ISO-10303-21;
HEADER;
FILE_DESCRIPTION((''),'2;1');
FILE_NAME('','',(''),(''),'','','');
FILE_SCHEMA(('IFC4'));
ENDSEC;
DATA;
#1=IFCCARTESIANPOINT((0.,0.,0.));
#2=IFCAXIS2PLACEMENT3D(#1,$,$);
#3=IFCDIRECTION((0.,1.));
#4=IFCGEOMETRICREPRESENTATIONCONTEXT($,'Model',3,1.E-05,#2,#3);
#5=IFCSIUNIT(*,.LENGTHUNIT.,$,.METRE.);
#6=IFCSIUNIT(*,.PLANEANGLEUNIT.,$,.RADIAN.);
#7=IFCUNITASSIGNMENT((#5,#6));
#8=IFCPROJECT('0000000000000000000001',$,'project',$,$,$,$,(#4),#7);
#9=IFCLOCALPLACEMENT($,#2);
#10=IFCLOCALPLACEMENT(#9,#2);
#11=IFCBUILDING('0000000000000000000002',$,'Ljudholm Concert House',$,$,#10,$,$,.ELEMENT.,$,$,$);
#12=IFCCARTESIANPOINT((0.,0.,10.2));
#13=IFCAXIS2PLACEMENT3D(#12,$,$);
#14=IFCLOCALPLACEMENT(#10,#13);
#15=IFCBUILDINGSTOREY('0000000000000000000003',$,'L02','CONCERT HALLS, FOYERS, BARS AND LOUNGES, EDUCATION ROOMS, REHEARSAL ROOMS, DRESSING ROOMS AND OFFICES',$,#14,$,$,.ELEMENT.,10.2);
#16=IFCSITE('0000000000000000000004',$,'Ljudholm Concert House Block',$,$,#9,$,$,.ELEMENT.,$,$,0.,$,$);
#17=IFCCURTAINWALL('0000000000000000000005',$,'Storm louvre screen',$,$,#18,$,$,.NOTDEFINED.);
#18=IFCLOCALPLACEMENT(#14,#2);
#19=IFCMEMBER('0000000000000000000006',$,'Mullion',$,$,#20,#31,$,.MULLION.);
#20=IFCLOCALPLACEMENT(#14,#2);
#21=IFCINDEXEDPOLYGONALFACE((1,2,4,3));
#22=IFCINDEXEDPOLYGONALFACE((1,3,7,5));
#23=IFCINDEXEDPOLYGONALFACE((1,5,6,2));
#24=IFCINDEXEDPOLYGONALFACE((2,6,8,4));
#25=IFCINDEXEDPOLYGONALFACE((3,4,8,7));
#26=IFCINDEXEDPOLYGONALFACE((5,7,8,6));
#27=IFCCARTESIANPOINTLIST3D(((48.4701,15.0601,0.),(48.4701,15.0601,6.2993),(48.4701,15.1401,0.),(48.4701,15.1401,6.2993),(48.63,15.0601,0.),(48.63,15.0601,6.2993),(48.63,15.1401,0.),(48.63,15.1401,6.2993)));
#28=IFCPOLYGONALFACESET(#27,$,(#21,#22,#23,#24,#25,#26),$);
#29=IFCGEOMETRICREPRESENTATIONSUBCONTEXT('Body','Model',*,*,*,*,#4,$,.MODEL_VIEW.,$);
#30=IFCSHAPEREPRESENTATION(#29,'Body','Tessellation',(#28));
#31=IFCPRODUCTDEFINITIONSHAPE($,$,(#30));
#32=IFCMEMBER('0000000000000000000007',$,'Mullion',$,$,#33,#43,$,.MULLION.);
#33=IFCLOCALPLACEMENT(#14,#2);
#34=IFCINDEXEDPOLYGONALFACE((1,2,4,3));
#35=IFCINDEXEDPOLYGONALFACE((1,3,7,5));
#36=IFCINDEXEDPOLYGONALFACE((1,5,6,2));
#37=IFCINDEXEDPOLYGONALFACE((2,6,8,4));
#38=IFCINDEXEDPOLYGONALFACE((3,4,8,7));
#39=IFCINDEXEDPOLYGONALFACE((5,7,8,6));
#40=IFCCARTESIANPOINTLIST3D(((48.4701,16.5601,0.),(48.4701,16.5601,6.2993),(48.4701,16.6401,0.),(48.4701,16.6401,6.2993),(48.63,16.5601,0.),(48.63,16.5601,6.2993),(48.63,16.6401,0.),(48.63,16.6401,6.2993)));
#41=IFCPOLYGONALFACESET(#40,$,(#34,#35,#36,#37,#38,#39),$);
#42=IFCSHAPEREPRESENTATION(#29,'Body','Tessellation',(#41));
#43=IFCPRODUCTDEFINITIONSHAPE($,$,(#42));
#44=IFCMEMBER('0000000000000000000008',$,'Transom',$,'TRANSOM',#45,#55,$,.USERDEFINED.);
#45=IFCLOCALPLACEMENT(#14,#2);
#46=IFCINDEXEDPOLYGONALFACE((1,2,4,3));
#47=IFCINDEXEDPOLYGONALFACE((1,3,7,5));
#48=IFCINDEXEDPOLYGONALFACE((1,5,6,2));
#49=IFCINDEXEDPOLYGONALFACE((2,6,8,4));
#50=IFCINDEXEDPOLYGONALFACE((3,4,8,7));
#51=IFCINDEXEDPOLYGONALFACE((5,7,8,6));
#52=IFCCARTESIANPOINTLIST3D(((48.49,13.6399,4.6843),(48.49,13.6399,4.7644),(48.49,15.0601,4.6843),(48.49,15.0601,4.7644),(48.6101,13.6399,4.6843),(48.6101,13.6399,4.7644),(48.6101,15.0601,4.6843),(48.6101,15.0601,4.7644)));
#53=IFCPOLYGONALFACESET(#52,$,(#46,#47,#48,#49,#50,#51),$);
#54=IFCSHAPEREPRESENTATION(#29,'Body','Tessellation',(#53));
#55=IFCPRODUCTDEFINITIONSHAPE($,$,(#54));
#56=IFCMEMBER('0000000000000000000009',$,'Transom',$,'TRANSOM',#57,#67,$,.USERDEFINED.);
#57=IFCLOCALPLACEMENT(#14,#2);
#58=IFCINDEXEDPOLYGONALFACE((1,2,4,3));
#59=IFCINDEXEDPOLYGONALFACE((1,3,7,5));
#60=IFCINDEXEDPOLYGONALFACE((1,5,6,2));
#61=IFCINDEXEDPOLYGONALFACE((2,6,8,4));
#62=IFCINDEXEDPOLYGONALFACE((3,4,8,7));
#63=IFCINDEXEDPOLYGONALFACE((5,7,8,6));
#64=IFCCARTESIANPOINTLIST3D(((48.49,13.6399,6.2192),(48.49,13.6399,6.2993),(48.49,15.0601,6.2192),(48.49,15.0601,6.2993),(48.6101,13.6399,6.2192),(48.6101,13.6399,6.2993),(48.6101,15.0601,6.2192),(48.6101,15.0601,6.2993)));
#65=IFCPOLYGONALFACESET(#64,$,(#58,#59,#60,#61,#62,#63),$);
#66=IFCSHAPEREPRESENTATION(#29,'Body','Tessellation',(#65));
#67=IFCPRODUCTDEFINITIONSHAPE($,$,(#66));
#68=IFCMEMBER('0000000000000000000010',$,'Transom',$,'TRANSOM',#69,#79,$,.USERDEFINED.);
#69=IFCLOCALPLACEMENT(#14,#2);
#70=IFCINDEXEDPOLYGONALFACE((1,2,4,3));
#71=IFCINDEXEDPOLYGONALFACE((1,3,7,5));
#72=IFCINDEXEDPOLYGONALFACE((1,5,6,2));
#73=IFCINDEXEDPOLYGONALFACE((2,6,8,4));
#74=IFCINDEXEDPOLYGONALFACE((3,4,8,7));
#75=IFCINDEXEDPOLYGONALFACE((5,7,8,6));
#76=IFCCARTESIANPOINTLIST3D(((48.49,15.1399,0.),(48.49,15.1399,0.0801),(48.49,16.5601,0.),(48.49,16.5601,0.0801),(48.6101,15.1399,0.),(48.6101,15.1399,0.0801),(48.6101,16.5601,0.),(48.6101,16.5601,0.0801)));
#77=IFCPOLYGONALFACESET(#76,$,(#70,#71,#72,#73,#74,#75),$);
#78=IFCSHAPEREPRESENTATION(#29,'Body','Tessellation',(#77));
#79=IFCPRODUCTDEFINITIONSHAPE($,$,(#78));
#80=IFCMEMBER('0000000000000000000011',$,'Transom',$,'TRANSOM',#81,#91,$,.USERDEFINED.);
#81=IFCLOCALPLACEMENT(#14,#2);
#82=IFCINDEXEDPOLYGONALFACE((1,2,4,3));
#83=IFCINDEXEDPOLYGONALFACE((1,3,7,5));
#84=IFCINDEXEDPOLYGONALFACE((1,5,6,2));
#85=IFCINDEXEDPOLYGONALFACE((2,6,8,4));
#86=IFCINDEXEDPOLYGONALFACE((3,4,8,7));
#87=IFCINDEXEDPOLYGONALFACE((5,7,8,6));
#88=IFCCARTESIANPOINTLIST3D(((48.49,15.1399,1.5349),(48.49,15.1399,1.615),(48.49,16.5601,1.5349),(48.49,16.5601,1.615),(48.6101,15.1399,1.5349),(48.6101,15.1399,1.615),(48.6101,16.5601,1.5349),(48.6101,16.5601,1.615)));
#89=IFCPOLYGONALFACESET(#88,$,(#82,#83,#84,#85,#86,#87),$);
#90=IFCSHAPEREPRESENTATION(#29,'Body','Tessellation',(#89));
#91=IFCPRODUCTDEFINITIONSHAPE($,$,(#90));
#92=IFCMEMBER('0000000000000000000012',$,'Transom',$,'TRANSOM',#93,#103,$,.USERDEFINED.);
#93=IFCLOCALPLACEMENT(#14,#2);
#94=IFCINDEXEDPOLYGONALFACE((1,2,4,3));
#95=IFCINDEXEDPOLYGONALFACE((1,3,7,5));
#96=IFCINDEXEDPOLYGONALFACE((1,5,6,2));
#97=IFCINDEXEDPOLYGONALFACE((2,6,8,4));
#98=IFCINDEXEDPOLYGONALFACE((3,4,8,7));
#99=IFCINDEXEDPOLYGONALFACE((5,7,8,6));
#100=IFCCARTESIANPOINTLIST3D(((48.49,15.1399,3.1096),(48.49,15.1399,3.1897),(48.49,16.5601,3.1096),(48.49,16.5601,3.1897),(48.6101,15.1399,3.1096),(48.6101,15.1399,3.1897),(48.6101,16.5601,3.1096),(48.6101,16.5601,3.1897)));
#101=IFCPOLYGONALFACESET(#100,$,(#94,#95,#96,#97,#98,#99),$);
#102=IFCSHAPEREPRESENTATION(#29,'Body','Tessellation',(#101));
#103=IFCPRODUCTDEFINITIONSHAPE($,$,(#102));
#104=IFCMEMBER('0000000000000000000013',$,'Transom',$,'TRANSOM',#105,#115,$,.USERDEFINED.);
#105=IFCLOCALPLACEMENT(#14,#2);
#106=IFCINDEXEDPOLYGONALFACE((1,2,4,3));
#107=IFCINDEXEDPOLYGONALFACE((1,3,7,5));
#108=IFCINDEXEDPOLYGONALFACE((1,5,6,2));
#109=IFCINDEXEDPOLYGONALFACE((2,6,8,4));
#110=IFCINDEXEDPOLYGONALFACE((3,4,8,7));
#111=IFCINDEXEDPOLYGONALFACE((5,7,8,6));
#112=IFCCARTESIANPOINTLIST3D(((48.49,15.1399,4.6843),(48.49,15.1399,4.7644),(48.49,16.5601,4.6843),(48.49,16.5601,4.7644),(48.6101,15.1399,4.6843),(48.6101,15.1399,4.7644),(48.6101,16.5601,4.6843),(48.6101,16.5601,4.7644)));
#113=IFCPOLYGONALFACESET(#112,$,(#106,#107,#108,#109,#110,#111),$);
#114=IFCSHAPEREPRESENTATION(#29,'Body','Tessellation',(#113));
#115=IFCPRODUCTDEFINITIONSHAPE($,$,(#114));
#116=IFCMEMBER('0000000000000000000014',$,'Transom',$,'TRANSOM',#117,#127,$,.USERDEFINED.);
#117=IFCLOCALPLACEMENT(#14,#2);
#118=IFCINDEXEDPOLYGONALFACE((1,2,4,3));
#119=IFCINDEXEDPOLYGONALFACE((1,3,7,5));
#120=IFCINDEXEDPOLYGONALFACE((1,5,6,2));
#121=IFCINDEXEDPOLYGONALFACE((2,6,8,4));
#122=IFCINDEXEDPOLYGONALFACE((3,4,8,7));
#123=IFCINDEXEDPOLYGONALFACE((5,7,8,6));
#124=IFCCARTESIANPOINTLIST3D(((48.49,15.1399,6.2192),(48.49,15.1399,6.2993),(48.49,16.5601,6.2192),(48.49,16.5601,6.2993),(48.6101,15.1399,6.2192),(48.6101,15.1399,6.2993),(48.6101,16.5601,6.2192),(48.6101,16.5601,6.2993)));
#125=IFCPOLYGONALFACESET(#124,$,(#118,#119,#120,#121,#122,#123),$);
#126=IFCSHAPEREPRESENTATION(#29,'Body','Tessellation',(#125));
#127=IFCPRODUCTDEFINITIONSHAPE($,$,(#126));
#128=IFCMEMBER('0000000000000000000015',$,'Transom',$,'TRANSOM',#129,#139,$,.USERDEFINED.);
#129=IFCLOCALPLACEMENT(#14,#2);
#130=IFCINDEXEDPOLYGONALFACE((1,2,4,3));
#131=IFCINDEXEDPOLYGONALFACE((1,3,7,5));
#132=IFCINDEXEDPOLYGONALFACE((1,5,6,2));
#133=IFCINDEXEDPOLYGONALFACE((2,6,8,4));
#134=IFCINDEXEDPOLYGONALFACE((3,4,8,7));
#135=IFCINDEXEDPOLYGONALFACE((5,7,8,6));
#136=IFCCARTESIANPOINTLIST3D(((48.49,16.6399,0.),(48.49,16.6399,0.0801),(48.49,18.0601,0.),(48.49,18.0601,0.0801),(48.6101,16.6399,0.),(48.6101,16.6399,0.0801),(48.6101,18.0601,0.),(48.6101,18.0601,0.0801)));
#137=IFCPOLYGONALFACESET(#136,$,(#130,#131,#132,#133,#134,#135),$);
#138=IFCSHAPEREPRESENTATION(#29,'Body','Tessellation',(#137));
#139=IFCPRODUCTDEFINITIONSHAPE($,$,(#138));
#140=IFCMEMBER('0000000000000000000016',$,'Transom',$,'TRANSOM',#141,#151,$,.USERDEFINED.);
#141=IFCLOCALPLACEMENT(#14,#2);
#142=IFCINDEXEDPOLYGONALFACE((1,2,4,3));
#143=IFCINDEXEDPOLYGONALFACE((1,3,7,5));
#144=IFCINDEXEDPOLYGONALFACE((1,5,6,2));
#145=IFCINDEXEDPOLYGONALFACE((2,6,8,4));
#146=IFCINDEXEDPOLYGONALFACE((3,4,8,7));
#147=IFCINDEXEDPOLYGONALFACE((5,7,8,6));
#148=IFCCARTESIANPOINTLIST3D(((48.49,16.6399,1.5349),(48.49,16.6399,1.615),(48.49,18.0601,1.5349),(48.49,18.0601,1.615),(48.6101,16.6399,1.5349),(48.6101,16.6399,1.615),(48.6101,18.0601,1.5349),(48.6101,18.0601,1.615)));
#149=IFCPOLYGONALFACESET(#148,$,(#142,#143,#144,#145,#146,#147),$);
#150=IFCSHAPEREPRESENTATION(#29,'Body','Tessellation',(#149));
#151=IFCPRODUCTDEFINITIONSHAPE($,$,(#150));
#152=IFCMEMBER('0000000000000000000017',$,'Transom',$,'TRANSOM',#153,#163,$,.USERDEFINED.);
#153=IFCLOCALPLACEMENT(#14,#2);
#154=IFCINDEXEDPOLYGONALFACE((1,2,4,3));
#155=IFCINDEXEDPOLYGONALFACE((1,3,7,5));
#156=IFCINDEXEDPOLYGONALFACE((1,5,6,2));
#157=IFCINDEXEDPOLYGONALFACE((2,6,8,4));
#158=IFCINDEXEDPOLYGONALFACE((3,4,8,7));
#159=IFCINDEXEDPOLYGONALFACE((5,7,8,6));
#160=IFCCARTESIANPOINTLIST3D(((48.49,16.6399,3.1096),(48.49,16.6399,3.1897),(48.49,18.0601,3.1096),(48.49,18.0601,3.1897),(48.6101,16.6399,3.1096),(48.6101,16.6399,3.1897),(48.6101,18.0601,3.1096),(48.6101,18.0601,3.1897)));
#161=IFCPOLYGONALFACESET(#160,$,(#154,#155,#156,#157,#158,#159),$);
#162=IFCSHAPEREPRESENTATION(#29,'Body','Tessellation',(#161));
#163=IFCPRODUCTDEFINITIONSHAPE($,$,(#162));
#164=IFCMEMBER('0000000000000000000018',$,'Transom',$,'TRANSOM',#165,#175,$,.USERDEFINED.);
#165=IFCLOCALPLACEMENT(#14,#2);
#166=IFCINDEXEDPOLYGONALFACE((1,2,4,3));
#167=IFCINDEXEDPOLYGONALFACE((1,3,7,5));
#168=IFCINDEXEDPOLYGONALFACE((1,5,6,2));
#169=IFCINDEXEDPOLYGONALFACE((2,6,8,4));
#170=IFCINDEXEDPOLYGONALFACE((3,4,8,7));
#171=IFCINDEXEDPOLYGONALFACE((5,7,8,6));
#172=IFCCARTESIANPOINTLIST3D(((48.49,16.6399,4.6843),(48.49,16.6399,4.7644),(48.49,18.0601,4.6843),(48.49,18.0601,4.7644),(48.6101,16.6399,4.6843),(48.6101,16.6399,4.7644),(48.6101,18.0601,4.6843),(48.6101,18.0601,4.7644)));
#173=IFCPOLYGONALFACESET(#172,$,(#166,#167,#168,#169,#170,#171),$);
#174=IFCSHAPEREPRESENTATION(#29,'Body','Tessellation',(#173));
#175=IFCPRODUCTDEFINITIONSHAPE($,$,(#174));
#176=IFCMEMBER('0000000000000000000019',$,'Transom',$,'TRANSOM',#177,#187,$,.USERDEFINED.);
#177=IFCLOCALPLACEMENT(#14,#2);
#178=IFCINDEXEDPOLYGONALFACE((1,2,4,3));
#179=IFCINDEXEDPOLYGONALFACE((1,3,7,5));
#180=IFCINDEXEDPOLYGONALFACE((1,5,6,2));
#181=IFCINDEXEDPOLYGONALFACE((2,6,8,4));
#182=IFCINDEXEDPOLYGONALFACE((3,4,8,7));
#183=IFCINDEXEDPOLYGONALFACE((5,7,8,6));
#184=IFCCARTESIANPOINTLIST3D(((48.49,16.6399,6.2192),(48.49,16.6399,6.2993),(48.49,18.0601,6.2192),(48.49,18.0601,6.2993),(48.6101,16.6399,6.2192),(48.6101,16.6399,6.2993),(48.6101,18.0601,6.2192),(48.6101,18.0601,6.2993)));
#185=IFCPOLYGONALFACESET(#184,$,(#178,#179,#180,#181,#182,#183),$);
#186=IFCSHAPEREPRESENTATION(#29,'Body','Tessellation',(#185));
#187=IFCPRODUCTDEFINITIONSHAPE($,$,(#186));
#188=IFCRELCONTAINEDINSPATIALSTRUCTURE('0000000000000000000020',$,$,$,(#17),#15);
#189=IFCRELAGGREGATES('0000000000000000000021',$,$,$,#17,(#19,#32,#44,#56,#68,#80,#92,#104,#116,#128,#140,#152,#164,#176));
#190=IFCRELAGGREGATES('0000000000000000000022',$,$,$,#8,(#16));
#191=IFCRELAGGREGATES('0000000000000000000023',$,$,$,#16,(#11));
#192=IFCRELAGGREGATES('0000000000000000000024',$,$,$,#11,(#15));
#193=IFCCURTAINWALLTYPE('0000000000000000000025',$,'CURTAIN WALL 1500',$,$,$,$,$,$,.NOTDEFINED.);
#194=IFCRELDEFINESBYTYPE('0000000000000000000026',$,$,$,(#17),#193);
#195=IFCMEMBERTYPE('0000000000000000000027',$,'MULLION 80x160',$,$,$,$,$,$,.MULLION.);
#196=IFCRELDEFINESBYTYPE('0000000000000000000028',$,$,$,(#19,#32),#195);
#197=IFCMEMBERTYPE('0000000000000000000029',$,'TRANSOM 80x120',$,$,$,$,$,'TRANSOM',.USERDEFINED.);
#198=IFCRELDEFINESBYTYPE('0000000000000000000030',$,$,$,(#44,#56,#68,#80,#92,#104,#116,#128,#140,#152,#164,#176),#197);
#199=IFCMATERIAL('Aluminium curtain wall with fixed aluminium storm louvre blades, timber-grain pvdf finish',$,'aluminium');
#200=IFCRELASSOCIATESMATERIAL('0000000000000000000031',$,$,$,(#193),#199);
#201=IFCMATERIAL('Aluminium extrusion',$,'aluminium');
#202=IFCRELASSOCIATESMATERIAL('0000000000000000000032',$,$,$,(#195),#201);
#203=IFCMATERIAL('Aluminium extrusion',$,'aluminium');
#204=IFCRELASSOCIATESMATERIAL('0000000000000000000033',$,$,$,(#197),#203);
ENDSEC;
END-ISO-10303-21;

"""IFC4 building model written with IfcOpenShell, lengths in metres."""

from ifc_helpers import new_model, si_unit, direction, frame, origin, origin_2d, place, context, subcontext, project, spatial, rectangle, extrude, material, material_profile, profile_set, type_object, element, aggregate, save


model = new_model("IFC4")

# Units and contexts
model_context = context("Model", 3, precision=1e-05, world=origin(), true_north=direction((0.0, 1.0)))
body_context = subcontext(model_context, "Body", "Model", "MODEL_VIEW")
ifc_project = project(units=[si_unit("LENGTHUNIT", "METRE"), si_unit("PLANEANGLEUNIT", "RADIAN")], contexts=[model_context])

# Site, building, storey
site_placement = place(None, origin())
site = spatial("IfcSite", under=ifc_project, at=site_placement, Name="Ljudholm Concert House Block", CompositionType="ELEMENT", RefElevation=0.0)
building_placement = place(site_placement, origin())
building = spatial("IfcBuilding", under=site, at=building_placement, Name="Ljudholm Concert House", CompositionType="ELEMENT")
storey_placement = place(building_placement, frame((0.0, 0.0, 10.2)))
storey = spatial("IfcBuildingStorey", under=building, at=storey_placement, Name="L02", Description="CONCERT HALLS, FOYERS, BARS AND LOUNGES, EDUCATION ROOMS, REHEARSAL ROOMS, DRESSING ROOMS AND OFFICES", CompositionType="ELEMENT", Elevation=10.2)

# Curtain wall, members
ifc_material_1 = material(Name="Aluminium curtain wall with fixed aluminium storm louvre blades, timber-grain pvdf finish", Category="aluminium")
curtain_wall_type = type_object("IfcCurtainWallType", Name="CURTAIN WALL 1500", PredefinedType="NOTDEFINED", material=ifc_material_1)
curtain_wall_placement = place(storey_placement, origin())
curtain_wall = element("IfcCurtainWall", 1, at=curtain_wall_placement, inside=storey, type_object=curtain_wall_type, Name="Storm louvre screen", PredefinedType="NOTDEFINED")
ifc_material_2 = material(Name="Aluminium extrusion", Category="aluminium")
ifc_material_profile_1 = material_profile(ifc_material_2, rectangle(XDim=0.1599, YDim=0.0801, at=origin_2d()), Name="MULLION 80x160")
ifc_profile_set_1 = profile_set([ifc_material_profile_1], Name="Aluminium extrusion")
member_type_1 = type_object("IfcMemberType", Name="MULLION 80x160", PredefinedType="MULLION", material=ifc_profile_set_1)
member_1_placement = place(storey_placement, frame((48.55, 15.1001, 0.0), z_axis=(0.0, 0.0, 1.0), x_axis=(-1.0, 0.0, 0.0)))
member_1 = element("IfcMember", 2, at=member_1_placement, type_object=member_type_1, Name="Mullion", PredefinedType="MULLION", context=body_context, shape_type="SweptSolid", body=[
    extrude(rectangle(XDim=0.1599, YDim=0.0801, at=origin_2d()), origin(), (0.0, 0.0, 1.0), 6.2993),
])
member_2_placement = place(storey_placement, frame((48.55, 16.6001, 0.0), z_axis=(0.0, 0.0, 1.0), x_axis=(-1.0, 0.0, 0.0)))
member_2 = element("IfcMember", 3, at=member_2_placement, type_object=member_type_1, Name="Mullion", PredefinedType="MULLION", context=body_context, shape_type="SweptSolid", body=[
    extrude(rectangle(XDim=0.1599, YDim=0.0801, at=origin_2d()), origin(), (0.0, 0.0, 1.0), 6.2993),
])
ifc_material_3 = material(Name="Aluminium extrusion", Category="aluminium")
ifc_material_profile_2 = material_profile(ifc_material_3, rectangle(XDim=0.1201, YDim=0.0801, at=origin_2d()), Name="TRANSOM 80x120")
ifc_profile_set_2 = profile_set([ifc_material_profile_2], Name="Aluminium extrusion")
member_type_2 = type_object("IfcMemberType", Name="TRANSOM 80x120", ElementType="TRANSOM", PredefinedType="USERDEFINED", material=ifc_profile_set_2)
member_3_placement = place(storey_placement, frame((48.55, 13.6399, 4.7244), z_axis=(0.0, 1.0, 0.0), x_axis=(-1.0, 0.0, 0.0)))
member_3 = element("IfcMember", 4, at=member_3_placement, type_object=member_type_2, Name="Transom", ObjectType="TRANSOM", PredefinedType="USERDEFINED", context=body_context, shape_type="SweptSolid", body=[
    extrude(rectangle(XDim=0.1201, YDim=0.0801, at=origin_2d()), origin(), (0.0, 0.0, 1.0), 1.4202),
])
member_4_placement = place(storey_placement, frame((48.55, 13.6399, 6.2593), z_axis=(0.0, 1.0, 0.0), x_axis=(-1.0, 0.0, 0.0)))
member_4 = element("IfcMember", 5, at=member_4_placement, type_object=member_type_2, Name="Transom", ObjectType="TRANSOM", PredefinedType="USERDEFINED", context=body_context, shape_type="SweptSolid", body=[
    extrude(rectangle(XDim=0.1201, YDim=0.0801, at=origin_2d()), origin(), (0.0, 0.0, 1.0), 1.4202),
])
member_5_placement = place(storey_placement, frame((48.55, 15.1399, 0.04), z_axis=(0.0, 1.0, 0.0), x_axis=(-1.0, 0.0, 0.0)))
member_5 = element("IfcMember", 6, at=member_5_placement, type_object=member_type_2, Name="Transom", ObjectType="TRANSOM", PredefinedType="USERDEFINED", context=body_context, shape_type="SweptSolid", body=[
    extrude(rectangle(XDim=0.1201, YDim=0.0801, at=origin_2d()), origin(), (0.0, 0.0, 1.0), 1.4202),
])
member_6_placement = place(storey_placement, frame((48.55, 15.1399, 1.575), z_axis=(0.0, 1.0, 0.0), x_axis=(-1.0, 0.0, 0.0)))
member_6 = element("IfcMember", 7, at=member_6_placement, type_object=member_type_2, Name="Transom", ObjectType="TRANSOM", PredefinedType="USERDEFINED", context=body_context, shape_type="SweptSolid", body=[
    extrude(rectangle(XDim=0.1201, YDim=0.0801, at=origin_2d()), origin(), (0.0, 0.0, 1.0), 1.4202),
])
member_7_placement = place(storey_placement, frame((48.55, 15.1399, 3.1497), z_axis=(0.0, 1.0, 0.0), x_axis=(-1.0, 0.0, 0.0)))
member_7 = element("IfcMember", 8, at=member_7_placement, type_object=member_type_2, Name="Transom", ObjectType="TRANSOM", PredefinedType="USERDEFINED", context=body_context, shape_type="SweptSolid", body=[
    extrude(rectangle(XDim=0.1201, YDim=0.0801, at=origin_2d()), origin(), (0.0, 0.0, 1.0), 1.4202),
])
member_8_placement = place(storey_placement, frame((48.55, 15.1399, 4.7244), z_axis=(0.0, 1.0, 0.0), x_axis=(-1.0, 0.0, 0.0)))
member_8 = element("IfcMember", 9, at=member_8_placement, type_object=member_type_2, Name="Transom", ObjectType="TRANSOM", PredefinedType="USERDEFINED", context=body_context, shape_type="SweptSolid", body=[
    extrude(rectangle(XDim=0.1201, YDim=0.0801, at=origin_2d()), origin(), (0.0, 0.0, 1.0), 1.4202),
])
member_9_placement = place(storey_placement, frame((48.55, 15.1399, 6.2593), z_axis=(0.0, 1.0, 0.0), x_axis=(-1.0, 0.0, 0.0)))
member_9 = element("IfcMember", 10, at=member_9_placement, type_object=member_type_2, Name="Transom", ObjectType="TRANSOM", PredefinedType="USERDEFINED", context=body_context, shape_type="SweptSolid", body=[
    extrude(rectangle(XDim=0.1201, YDim=0.0801, at=origin_2d()), origin(), (0.0, 0.0, 1.0), 1.4202),
])
member_10_placement = place(storey_placement, frame((48.55, 16.6399, 0.04), z_axis=(0.0, 1.0, 0.0), x_axis=(-1.0, 0.0, 0.0)))
member_10 = element("IfcMember", 11, at=member_10_placement, type_object=member_type_2, Name="Transom", ObjectType="TRANSOM", PredefinedType="USERDEFINED", context=body_context, shape_type="SweptSolid", body=[
    extrude(rectangle(XDim=0.1201, YDim=0.0801, at=origin_2d()), origin(), (0.0, 0.0, 1.0), 1.4202),
])
member_11_placement = place(storey_placement, frame((48.55, 16.6399, 1.575), z_axis=(0.0, 1.0, 0.0), x_axis=(-1.0, 0.0, 0.0)))
member_11 = element("IfcMember", 12, at=member_11_placement, type_object=member_type_2, Name="Transom", ObjectType="TRANSOM", PredefinedType="USERDEFINED", context=body_context, shape_type="SweptSolid", body=[
    extrude(rectangle(XDim=0.1201, YDim=0.0801, at=origin_2d()), origin(), (0.0, 0.0, 1.0), 1.4202),
])
member_12_placement = place(storey_placement, frame((48.55, 16.6399, 3.1497), z_axis=(0.0, 1.0, 0.0), x_axis=(-1.0, 0.0, 0.0)))
member_12 = element("IfcMember", 13, at=member_12_placement, type_object=member_type_2, Name="Transom", ObjectType="TRANSOM", PredefinedType="USERDEFINED", context=body_context, shape_type="SweptSolid", body=[
    extrude(rectangle(XDim=0.1201, YDim=0.0801, at=origin_2d()), origin(), (0.0, 0.0, 1.0), 1.4202),
])
member_13_placement = place(storey_placement, frame((48.55, 16.6399, 4.7244), z_axis=(0.0, 1.0, 0.0), x_axis=(-1.0, 0.0, 0.0)))
member_13 = element("IfcMember", 14, at=member_13_placement, type_object=member_type_2, Name="Transom", ObjectType="TRANSOM", PredefinedType="USERDEFINED", context=body_context, shape_type="SweptSolid", body=[
    extrude(rectangle(XDim=0.1201, YDim=0.0801, at=origin_2d()), origin(), (0.0, 0.0, 1.0), 1.4202),
])
member_14_placement = place(storey_placement, frame((48.55, 16.6399, 6.2593), z_axis=(0.0, 1.0, 0.0), x_axis=(-1.0, 0.0, 0.0)))
member_14 = element("IfcMember", 15, at=member_14_placement, type_object=member_type_2, Name="Transom", ObjectType="TRANSOM", PredefinedType="USERDEFINED", context=body_context, shape_type="SweptSolid", body=[
    extrude(rectangle(XDim=0.1201, YDim=0.0801, at=origin_2d()), origin(), (0.0, 0.0, 1.0), 1.4202),
])
aggregate(curtain_wall, [member_1, member_2, member_3, member_4, member_5, member_6, member_7, member_8, member_9, member_10, member_11, member_12, member_13, member_14])

save(model, "model.ifc")
